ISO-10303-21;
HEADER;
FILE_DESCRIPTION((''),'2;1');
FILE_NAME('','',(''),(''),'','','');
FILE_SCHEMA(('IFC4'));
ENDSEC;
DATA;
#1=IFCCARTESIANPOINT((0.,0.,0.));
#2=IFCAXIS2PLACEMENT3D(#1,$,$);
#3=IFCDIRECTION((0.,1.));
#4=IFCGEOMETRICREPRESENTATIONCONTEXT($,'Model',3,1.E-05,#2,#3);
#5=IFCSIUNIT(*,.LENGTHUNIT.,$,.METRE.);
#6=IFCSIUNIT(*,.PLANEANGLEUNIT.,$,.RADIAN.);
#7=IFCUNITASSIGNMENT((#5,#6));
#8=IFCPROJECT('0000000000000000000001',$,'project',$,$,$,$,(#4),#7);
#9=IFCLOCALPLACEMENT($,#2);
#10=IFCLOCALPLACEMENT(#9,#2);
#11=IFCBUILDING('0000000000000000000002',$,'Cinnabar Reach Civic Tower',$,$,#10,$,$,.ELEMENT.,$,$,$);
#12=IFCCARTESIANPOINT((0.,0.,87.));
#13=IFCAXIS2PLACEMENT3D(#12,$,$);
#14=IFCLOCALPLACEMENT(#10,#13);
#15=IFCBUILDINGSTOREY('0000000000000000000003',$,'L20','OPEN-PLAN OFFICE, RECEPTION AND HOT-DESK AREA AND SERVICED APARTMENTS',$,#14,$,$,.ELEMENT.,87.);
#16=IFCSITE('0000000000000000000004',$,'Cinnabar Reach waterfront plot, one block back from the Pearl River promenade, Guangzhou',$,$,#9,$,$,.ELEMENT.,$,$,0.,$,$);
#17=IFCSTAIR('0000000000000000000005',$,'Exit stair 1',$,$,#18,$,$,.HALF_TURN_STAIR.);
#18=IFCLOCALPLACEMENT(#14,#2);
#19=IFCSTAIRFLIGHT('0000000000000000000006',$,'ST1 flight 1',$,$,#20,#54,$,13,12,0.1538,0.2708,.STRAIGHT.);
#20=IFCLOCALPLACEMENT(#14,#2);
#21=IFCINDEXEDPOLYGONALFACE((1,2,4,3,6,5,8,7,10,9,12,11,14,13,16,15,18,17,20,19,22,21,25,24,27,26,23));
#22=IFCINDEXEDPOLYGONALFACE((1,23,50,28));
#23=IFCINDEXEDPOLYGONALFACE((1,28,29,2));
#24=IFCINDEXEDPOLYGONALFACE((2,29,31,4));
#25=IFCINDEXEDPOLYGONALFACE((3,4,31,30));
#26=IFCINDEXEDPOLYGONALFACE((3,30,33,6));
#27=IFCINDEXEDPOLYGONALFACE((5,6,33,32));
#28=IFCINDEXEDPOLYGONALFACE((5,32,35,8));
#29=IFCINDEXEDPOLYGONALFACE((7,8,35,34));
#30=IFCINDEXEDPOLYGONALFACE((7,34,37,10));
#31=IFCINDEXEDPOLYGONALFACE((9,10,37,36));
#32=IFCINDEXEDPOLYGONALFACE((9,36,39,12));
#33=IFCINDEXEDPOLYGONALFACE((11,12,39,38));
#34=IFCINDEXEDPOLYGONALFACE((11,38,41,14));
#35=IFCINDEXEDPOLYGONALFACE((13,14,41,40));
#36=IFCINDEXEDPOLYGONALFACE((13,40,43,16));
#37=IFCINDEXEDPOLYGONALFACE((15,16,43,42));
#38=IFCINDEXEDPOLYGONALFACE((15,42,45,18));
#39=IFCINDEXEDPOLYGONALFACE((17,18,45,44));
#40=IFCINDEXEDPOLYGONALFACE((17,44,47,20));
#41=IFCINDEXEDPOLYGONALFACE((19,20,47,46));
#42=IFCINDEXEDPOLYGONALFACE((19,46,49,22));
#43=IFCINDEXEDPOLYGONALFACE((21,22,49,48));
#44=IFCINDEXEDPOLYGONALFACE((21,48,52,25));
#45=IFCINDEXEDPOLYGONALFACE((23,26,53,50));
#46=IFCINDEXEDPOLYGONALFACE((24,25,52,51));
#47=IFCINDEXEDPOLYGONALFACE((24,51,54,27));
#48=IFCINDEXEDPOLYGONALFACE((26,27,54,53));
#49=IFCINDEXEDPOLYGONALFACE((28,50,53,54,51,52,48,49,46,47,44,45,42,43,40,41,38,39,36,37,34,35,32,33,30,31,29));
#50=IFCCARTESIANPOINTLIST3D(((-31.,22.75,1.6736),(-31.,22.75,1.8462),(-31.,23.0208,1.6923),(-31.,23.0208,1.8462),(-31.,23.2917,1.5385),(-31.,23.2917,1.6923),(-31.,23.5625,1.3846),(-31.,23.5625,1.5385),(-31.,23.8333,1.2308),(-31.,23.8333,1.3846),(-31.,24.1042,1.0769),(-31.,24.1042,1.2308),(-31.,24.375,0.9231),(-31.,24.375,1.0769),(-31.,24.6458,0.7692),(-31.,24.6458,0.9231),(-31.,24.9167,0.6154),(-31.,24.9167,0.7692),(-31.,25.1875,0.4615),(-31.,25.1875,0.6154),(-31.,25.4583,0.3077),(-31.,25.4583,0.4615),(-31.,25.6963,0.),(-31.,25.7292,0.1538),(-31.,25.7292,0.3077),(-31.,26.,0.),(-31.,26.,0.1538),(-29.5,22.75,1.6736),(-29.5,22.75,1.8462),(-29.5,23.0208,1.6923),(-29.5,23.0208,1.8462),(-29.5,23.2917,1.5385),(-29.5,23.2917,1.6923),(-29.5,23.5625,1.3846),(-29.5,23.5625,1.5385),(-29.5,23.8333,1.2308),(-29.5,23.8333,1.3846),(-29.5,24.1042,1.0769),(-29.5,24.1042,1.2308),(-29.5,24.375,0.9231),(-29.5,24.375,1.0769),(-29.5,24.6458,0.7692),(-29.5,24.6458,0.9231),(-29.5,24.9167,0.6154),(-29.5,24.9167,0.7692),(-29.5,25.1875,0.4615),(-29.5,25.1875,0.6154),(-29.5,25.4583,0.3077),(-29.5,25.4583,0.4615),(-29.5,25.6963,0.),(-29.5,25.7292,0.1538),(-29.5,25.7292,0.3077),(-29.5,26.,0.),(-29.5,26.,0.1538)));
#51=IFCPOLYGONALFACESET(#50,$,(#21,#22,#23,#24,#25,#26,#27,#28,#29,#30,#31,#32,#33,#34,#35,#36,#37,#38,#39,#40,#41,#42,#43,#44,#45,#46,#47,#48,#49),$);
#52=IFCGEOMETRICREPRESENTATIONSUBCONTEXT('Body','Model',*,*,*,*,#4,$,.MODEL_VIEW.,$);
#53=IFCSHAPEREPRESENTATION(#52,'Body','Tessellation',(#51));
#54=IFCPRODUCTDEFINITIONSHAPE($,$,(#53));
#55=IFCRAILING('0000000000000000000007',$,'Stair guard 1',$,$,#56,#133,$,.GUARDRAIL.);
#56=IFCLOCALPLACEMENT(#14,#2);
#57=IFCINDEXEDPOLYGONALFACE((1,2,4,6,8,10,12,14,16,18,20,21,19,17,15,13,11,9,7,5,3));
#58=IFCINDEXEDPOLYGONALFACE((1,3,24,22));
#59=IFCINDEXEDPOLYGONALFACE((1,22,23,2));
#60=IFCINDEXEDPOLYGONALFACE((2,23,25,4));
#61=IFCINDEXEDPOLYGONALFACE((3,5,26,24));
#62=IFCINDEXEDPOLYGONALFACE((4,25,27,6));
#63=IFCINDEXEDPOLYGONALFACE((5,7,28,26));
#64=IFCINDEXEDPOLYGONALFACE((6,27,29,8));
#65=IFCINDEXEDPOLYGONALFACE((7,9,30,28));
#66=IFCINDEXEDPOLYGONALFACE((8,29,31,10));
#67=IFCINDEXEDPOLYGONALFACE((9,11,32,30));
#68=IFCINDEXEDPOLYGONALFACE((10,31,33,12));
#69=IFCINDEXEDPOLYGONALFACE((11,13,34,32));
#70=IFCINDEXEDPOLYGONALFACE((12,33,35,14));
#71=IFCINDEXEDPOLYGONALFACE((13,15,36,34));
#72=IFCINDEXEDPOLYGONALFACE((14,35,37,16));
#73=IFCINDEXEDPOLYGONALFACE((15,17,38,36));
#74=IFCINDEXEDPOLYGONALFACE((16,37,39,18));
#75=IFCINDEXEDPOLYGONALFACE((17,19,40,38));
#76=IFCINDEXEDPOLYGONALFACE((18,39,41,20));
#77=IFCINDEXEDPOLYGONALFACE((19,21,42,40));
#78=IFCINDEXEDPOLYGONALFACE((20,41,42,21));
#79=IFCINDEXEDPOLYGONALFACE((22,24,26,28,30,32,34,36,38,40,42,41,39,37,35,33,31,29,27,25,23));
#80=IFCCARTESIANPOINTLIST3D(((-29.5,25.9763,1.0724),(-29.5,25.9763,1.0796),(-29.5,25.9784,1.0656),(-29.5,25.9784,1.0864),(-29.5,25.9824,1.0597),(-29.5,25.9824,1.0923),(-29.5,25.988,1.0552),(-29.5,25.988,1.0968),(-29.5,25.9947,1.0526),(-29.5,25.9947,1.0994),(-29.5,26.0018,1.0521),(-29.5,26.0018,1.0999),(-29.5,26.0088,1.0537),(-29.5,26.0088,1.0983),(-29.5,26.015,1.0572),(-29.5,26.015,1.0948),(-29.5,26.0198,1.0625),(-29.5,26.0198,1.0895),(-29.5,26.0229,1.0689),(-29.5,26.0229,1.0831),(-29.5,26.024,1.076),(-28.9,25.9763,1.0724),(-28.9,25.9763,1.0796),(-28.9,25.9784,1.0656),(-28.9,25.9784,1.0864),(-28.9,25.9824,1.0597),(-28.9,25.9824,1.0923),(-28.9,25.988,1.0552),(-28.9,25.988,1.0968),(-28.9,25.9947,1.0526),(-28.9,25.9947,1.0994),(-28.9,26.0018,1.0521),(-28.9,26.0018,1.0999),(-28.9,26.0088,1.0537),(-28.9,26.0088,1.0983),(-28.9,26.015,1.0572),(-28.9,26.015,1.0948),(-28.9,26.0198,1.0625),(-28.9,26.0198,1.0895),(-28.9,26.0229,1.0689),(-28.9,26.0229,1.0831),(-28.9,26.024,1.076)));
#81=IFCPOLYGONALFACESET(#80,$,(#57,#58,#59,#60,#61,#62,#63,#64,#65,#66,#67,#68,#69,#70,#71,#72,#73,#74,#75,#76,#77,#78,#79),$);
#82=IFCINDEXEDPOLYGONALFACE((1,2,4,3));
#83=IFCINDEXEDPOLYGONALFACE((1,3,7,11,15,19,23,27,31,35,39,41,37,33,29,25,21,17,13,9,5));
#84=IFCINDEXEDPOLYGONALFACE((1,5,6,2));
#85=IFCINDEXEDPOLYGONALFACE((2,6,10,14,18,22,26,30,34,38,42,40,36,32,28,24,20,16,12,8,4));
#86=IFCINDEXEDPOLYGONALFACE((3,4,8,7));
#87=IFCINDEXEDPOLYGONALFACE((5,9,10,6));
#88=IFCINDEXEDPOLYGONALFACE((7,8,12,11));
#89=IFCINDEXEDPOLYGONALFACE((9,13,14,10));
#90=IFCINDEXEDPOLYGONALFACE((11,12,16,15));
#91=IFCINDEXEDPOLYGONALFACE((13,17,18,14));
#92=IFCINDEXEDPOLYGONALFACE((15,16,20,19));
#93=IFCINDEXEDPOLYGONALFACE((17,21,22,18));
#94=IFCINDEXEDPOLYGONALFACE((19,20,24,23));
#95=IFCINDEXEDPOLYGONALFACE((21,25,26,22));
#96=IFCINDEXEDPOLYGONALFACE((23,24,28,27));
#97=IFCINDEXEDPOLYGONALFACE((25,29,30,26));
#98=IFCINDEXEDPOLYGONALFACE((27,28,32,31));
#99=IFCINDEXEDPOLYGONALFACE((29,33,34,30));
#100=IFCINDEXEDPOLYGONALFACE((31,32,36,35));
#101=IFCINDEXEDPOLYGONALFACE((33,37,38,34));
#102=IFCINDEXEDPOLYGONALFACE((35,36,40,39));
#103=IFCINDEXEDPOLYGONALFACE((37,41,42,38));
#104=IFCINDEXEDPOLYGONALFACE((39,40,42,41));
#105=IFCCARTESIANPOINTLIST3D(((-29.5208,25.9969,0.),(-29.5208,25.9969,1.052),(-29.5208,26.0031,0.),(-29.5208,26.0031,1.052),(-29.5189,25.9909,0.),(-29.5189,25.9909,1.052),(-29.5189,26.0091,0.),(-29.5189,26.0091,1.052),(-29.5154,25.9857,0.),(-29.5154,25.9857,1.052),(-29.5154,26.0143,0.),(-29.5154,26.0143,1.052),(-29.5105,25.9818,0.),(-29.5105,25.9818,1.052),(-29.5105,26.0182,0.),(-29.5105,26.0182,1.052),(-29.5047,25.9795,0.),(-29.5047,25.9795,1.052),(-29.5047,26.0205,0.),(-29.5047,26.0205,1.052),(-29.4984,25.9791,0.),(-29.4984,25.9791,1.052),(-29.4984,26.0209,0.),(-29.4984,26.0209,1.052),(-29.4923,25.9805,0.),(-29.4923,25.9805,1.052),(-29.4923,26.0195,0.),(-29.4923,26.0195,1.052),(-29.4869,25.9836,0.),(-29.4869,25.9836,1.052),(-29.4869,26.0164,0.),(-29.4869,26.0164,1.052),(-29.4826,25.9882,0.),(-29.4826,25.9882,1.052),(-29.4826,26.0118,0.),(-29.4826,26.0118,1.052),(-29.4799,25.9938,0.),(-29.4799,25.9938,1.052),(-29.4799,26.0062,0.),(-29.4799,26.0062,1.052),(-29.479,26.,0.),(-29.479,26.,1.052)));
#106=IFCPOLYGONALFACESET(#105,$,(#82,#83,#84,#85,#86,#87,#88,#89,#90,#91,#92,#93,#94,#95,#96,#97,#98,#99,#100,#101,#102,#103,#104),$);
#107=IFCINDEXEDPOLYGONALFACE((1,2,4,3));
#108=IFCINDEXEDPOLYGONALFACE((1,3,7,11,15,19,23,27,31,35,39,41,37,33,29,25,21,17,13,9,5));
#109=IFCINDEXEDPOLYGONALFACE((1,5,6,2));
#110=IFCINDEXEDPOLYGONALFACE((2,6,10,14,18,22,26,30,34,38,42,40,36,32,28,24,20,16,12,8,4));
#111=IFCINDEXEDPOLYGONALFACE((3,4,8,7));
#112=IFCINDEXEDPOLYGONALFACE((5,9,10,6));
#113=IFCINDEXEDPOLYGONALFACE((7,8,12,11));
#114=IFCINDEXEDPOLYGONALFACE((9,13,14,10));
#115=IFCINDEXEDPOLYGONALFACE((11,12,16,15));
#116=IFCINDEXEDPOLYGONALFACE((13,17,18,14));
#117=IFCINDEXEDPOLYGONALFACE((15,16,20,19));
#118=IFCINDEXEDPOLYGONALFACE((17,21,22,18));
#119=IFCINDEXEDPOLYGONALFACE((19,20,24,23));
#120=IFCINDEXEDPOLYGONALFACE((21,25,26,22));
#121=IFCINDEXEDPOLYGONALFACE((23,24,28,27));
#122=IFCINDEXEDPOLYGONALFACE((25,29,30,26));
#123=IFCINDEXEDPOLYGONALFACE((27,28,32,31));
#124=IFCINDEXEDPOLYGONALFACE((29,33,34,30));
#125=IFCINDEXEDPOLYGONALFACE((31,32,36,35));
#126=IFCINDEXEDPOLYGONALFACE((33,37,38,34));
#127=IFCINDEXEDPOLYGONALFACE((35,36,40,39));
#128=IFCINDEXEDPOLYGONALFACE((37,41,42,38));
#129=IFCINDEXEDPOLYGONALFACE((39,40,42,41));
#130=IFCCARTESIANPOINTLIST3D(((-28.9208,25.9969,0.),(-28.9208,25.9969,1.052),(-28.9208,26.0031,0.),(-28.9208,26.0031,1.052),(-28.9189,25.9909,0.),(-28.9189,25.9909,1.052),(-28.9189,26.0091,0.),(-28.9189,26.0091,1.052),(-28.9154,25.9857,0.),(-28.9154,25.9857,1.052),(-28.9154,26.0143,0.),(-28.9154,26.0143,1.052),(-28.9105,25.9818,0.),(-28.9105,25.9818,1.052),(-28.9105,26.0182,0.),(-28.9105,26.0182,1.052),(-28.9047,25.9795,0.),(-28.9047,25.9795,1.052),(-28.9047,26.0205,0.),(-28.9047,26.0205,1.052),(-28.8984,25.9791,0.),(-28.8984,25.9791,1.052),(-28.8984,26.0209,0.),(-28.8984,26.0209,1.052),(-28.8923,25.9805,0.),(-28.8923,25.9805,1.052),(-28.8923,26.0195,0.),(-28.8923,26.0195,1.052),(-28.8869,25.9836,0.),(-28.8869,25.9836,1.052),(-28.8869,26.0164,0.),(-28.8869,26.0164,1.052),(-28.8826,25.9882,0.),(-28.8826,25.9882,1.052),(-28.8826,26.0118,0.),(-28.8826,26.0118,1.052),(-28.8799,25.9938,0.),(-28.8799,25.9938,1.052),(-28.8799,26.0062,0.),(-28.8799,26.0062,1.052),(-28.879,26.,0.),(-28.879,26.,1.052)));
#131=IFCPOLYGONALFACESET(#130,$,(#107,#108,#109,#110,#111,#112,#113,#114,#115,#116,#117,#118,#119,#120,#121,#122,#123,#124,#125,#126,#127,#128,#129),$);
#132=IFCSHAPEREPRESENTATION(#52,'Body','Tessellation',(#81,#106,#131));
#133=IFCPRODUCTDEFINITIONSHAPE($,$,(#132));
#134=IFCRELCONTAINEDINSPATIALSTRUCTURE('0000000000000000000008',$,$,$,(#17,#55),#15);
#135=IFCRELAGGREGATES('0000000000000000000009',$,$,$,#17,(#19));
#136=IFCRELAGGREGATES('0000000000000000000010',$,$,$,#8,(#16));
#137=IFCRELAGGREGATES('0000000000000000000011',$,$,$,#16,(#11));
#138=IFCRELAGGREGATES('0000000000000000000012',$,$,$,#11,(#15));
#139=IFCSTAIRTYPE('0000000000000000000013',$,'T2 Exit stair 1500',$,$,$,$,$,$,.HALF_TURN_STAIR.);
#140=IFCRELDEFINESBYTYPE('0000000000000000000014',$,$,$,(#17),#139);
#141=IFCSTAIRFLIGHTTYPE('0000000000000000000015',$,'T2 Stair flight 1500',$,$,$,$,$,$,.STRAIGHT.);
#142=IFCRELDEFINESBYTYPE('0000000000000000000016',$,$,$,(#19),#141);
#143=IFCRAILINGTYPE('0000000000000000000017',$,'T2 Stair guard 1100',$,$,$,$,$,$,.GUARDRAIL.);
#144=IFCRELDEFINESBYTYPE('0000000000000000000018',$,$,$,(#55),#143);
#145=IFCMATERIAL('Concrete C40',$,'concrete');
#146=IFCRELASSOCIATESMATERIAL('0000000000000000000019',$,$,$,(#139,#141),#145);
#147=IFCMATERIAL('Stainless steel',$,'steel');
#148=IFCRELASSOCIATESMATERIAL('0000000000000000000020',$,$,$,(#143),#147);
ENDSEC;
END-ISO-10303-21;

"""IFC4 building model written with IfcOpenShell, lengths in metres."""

from ifc_helpers import new_model, si_unit, direction, frame, origin, origin_2d, place, context, subcontext, project, spatial, polyline, circle, outline, extrude, material, type_object, element, aggregate, save


model = new_model("IFC4")

# Units and contexts
model_context = context("Model", 3, precision=1e-05, world=origin(), true_north=direction((0.0, 1.0)))
body_context = subcontext(model_context, "Body", "Model", "MODEL_VIEW")
ifc_project = project(units=[si_unit("LENGTHUNIT", "METRE"), si_unit("PLANEANGLEUNIT", "RADIAN")], contexts=[model_context])

# Site, building, storey
site_placement = place(None, origin())
site = spatial("IfcSite", under=ifc_project, at=site_placement, Name="Cinnabar Reach waterfront plot, one block back from the Pearl River promenade, Guangzhou", CompositionType="ELEMENT", RefElevation=0.0)
building_placement = place(site_placement, origin())
building = spatial("IfcBuilding", under=site, at=building_placement, Name="Cinnabar Reach Civic Tower", CompositionType="ELEMENT")
storey_placement = place(building_placement, frame((0.0, 0.0, 87.0)))
storey = spatial("IfcBuildingStorey", under=building, at=storey_placement, Name="L20", Description="OPEN-PLAN OFFICE, RECEPTION AND HOT-DESK AREA AND SERVICED APARTMENTS", CompositionType="ELEMENT", Elevation=87.0)

# Shared definitions
ifc_material_1 = material(Name="Concrete C40", Category="concrete")

# Stair, stair flight
stair_type = type_object("IfcStairType", Name="T2 Exit stair 1500", PredefinedType="HALF_TURN_STAIR", material=ifc_material_1)
stair_placement = place(storey_placement, origin())
stair = element("IfcStair", 1, at=stair_placement, inside=storey, type_object=stair_type, Name="Exit stair 1", PredefinedType="HALF_TURN_STAIR")
stair_flight_type = type_object("IfcStairFlightType", Name="T2 Stair flight 1500", PredefinedType="STRAIGHT", material=ifc_material_1)
stair_flight_placement = place(storey_placement, frame((-30.25, 26.0, 0.0), z_axis=(0.0, 0.0, 1.0), x_axis=(0.0, -1.0, 0.0)))
stair_flight = element("IfcStairFlight", 2, at=stair_flight_placement, type_object=stair_flight_type, Name="ST1 flight 1", NumberOfRisers=13, NumberOfTreads=12, PredefinedType="STRAIGHT", RiserHeight=0.1538, TreadLength=0.2708, context=body_context, shape_type="SweptSolid", body=[
    extrude(outline(polyline([(0.0, 0.0), (0.0, 0.1538), (0.2708, 0.1538), (0.2708, 0.3077), (0.5417, 0.3077), (0.5417, 0.4615), (0.8125, 0.4615), (0.8125, 0.6154), (1.0833, 0.6154), (1.0833, 0.7692), (1.3542, 0.7692), (1.3542, 0.9231), (1.625, 0.9231), (1.625, 1.0769), (1.8958, 1.0769), (1.8958, 1.2308), (2.1667, 1.2308), (2.1667, 1.3846), (2.4375, 1.3846), (2.4375, 1.5385), (2.7083, 1.5385), (2.7083, 1.6923), (2.9792, 1.6923), (2.9792, 1.8462), (3.25, 1.8462), (3.25, 2.0), (3.25, 1.6736), (0.3037, 0.0), (0.0, 0.0)])), frame((0.0, 0.75, 0.0), z_axis=(0.0, -1.0, 0.0), x_axis=(1.0, 0.0, 0.0)), (0.0, 0.0, 1.0), 1.5),
])
aggregate(stair, [stair_flight])

# Railing
ifc_material_2 = material(Name="Stainless steel", Category="steel")
railing_type = type_object("IfcRailingType", Name="T2 Stair guard 1100", PredefinedType="GUARDRAIL", material=ifc_material_2)
railing_1_placement = place(storey_placement, frame((-29.5, 26.0, 0.0)))
element("IfcRailing", 3, at=railing_1_placement, inside=storey, type_object=railing_type, Name="Stair guard 1", PredefinedType="GUARDRAIL", context=body_context, shape_type="SweptSolid", body=[
    extrude(circle(Radius=0.024, at=origin_2d()), frame((0.0, 0.0, 1.076), z_axis=(1.0, 0.0, 0.0), x_axis=(0.0, 1.0, 0.0)), (0.0, 0.0, 1.0), 0.6),
    extrude(circle(Radius=0.021, at=origin_2d()), origin(), (0.0, 0.0, 1.0), 1.052),
    extrude(circle(Radius=0.021, at=origin_2d()), frame((0.6, 0.0, 0.0)), (0.0, 0.0, 1.0), 1.052),
])

save(model, "model.ifc")
